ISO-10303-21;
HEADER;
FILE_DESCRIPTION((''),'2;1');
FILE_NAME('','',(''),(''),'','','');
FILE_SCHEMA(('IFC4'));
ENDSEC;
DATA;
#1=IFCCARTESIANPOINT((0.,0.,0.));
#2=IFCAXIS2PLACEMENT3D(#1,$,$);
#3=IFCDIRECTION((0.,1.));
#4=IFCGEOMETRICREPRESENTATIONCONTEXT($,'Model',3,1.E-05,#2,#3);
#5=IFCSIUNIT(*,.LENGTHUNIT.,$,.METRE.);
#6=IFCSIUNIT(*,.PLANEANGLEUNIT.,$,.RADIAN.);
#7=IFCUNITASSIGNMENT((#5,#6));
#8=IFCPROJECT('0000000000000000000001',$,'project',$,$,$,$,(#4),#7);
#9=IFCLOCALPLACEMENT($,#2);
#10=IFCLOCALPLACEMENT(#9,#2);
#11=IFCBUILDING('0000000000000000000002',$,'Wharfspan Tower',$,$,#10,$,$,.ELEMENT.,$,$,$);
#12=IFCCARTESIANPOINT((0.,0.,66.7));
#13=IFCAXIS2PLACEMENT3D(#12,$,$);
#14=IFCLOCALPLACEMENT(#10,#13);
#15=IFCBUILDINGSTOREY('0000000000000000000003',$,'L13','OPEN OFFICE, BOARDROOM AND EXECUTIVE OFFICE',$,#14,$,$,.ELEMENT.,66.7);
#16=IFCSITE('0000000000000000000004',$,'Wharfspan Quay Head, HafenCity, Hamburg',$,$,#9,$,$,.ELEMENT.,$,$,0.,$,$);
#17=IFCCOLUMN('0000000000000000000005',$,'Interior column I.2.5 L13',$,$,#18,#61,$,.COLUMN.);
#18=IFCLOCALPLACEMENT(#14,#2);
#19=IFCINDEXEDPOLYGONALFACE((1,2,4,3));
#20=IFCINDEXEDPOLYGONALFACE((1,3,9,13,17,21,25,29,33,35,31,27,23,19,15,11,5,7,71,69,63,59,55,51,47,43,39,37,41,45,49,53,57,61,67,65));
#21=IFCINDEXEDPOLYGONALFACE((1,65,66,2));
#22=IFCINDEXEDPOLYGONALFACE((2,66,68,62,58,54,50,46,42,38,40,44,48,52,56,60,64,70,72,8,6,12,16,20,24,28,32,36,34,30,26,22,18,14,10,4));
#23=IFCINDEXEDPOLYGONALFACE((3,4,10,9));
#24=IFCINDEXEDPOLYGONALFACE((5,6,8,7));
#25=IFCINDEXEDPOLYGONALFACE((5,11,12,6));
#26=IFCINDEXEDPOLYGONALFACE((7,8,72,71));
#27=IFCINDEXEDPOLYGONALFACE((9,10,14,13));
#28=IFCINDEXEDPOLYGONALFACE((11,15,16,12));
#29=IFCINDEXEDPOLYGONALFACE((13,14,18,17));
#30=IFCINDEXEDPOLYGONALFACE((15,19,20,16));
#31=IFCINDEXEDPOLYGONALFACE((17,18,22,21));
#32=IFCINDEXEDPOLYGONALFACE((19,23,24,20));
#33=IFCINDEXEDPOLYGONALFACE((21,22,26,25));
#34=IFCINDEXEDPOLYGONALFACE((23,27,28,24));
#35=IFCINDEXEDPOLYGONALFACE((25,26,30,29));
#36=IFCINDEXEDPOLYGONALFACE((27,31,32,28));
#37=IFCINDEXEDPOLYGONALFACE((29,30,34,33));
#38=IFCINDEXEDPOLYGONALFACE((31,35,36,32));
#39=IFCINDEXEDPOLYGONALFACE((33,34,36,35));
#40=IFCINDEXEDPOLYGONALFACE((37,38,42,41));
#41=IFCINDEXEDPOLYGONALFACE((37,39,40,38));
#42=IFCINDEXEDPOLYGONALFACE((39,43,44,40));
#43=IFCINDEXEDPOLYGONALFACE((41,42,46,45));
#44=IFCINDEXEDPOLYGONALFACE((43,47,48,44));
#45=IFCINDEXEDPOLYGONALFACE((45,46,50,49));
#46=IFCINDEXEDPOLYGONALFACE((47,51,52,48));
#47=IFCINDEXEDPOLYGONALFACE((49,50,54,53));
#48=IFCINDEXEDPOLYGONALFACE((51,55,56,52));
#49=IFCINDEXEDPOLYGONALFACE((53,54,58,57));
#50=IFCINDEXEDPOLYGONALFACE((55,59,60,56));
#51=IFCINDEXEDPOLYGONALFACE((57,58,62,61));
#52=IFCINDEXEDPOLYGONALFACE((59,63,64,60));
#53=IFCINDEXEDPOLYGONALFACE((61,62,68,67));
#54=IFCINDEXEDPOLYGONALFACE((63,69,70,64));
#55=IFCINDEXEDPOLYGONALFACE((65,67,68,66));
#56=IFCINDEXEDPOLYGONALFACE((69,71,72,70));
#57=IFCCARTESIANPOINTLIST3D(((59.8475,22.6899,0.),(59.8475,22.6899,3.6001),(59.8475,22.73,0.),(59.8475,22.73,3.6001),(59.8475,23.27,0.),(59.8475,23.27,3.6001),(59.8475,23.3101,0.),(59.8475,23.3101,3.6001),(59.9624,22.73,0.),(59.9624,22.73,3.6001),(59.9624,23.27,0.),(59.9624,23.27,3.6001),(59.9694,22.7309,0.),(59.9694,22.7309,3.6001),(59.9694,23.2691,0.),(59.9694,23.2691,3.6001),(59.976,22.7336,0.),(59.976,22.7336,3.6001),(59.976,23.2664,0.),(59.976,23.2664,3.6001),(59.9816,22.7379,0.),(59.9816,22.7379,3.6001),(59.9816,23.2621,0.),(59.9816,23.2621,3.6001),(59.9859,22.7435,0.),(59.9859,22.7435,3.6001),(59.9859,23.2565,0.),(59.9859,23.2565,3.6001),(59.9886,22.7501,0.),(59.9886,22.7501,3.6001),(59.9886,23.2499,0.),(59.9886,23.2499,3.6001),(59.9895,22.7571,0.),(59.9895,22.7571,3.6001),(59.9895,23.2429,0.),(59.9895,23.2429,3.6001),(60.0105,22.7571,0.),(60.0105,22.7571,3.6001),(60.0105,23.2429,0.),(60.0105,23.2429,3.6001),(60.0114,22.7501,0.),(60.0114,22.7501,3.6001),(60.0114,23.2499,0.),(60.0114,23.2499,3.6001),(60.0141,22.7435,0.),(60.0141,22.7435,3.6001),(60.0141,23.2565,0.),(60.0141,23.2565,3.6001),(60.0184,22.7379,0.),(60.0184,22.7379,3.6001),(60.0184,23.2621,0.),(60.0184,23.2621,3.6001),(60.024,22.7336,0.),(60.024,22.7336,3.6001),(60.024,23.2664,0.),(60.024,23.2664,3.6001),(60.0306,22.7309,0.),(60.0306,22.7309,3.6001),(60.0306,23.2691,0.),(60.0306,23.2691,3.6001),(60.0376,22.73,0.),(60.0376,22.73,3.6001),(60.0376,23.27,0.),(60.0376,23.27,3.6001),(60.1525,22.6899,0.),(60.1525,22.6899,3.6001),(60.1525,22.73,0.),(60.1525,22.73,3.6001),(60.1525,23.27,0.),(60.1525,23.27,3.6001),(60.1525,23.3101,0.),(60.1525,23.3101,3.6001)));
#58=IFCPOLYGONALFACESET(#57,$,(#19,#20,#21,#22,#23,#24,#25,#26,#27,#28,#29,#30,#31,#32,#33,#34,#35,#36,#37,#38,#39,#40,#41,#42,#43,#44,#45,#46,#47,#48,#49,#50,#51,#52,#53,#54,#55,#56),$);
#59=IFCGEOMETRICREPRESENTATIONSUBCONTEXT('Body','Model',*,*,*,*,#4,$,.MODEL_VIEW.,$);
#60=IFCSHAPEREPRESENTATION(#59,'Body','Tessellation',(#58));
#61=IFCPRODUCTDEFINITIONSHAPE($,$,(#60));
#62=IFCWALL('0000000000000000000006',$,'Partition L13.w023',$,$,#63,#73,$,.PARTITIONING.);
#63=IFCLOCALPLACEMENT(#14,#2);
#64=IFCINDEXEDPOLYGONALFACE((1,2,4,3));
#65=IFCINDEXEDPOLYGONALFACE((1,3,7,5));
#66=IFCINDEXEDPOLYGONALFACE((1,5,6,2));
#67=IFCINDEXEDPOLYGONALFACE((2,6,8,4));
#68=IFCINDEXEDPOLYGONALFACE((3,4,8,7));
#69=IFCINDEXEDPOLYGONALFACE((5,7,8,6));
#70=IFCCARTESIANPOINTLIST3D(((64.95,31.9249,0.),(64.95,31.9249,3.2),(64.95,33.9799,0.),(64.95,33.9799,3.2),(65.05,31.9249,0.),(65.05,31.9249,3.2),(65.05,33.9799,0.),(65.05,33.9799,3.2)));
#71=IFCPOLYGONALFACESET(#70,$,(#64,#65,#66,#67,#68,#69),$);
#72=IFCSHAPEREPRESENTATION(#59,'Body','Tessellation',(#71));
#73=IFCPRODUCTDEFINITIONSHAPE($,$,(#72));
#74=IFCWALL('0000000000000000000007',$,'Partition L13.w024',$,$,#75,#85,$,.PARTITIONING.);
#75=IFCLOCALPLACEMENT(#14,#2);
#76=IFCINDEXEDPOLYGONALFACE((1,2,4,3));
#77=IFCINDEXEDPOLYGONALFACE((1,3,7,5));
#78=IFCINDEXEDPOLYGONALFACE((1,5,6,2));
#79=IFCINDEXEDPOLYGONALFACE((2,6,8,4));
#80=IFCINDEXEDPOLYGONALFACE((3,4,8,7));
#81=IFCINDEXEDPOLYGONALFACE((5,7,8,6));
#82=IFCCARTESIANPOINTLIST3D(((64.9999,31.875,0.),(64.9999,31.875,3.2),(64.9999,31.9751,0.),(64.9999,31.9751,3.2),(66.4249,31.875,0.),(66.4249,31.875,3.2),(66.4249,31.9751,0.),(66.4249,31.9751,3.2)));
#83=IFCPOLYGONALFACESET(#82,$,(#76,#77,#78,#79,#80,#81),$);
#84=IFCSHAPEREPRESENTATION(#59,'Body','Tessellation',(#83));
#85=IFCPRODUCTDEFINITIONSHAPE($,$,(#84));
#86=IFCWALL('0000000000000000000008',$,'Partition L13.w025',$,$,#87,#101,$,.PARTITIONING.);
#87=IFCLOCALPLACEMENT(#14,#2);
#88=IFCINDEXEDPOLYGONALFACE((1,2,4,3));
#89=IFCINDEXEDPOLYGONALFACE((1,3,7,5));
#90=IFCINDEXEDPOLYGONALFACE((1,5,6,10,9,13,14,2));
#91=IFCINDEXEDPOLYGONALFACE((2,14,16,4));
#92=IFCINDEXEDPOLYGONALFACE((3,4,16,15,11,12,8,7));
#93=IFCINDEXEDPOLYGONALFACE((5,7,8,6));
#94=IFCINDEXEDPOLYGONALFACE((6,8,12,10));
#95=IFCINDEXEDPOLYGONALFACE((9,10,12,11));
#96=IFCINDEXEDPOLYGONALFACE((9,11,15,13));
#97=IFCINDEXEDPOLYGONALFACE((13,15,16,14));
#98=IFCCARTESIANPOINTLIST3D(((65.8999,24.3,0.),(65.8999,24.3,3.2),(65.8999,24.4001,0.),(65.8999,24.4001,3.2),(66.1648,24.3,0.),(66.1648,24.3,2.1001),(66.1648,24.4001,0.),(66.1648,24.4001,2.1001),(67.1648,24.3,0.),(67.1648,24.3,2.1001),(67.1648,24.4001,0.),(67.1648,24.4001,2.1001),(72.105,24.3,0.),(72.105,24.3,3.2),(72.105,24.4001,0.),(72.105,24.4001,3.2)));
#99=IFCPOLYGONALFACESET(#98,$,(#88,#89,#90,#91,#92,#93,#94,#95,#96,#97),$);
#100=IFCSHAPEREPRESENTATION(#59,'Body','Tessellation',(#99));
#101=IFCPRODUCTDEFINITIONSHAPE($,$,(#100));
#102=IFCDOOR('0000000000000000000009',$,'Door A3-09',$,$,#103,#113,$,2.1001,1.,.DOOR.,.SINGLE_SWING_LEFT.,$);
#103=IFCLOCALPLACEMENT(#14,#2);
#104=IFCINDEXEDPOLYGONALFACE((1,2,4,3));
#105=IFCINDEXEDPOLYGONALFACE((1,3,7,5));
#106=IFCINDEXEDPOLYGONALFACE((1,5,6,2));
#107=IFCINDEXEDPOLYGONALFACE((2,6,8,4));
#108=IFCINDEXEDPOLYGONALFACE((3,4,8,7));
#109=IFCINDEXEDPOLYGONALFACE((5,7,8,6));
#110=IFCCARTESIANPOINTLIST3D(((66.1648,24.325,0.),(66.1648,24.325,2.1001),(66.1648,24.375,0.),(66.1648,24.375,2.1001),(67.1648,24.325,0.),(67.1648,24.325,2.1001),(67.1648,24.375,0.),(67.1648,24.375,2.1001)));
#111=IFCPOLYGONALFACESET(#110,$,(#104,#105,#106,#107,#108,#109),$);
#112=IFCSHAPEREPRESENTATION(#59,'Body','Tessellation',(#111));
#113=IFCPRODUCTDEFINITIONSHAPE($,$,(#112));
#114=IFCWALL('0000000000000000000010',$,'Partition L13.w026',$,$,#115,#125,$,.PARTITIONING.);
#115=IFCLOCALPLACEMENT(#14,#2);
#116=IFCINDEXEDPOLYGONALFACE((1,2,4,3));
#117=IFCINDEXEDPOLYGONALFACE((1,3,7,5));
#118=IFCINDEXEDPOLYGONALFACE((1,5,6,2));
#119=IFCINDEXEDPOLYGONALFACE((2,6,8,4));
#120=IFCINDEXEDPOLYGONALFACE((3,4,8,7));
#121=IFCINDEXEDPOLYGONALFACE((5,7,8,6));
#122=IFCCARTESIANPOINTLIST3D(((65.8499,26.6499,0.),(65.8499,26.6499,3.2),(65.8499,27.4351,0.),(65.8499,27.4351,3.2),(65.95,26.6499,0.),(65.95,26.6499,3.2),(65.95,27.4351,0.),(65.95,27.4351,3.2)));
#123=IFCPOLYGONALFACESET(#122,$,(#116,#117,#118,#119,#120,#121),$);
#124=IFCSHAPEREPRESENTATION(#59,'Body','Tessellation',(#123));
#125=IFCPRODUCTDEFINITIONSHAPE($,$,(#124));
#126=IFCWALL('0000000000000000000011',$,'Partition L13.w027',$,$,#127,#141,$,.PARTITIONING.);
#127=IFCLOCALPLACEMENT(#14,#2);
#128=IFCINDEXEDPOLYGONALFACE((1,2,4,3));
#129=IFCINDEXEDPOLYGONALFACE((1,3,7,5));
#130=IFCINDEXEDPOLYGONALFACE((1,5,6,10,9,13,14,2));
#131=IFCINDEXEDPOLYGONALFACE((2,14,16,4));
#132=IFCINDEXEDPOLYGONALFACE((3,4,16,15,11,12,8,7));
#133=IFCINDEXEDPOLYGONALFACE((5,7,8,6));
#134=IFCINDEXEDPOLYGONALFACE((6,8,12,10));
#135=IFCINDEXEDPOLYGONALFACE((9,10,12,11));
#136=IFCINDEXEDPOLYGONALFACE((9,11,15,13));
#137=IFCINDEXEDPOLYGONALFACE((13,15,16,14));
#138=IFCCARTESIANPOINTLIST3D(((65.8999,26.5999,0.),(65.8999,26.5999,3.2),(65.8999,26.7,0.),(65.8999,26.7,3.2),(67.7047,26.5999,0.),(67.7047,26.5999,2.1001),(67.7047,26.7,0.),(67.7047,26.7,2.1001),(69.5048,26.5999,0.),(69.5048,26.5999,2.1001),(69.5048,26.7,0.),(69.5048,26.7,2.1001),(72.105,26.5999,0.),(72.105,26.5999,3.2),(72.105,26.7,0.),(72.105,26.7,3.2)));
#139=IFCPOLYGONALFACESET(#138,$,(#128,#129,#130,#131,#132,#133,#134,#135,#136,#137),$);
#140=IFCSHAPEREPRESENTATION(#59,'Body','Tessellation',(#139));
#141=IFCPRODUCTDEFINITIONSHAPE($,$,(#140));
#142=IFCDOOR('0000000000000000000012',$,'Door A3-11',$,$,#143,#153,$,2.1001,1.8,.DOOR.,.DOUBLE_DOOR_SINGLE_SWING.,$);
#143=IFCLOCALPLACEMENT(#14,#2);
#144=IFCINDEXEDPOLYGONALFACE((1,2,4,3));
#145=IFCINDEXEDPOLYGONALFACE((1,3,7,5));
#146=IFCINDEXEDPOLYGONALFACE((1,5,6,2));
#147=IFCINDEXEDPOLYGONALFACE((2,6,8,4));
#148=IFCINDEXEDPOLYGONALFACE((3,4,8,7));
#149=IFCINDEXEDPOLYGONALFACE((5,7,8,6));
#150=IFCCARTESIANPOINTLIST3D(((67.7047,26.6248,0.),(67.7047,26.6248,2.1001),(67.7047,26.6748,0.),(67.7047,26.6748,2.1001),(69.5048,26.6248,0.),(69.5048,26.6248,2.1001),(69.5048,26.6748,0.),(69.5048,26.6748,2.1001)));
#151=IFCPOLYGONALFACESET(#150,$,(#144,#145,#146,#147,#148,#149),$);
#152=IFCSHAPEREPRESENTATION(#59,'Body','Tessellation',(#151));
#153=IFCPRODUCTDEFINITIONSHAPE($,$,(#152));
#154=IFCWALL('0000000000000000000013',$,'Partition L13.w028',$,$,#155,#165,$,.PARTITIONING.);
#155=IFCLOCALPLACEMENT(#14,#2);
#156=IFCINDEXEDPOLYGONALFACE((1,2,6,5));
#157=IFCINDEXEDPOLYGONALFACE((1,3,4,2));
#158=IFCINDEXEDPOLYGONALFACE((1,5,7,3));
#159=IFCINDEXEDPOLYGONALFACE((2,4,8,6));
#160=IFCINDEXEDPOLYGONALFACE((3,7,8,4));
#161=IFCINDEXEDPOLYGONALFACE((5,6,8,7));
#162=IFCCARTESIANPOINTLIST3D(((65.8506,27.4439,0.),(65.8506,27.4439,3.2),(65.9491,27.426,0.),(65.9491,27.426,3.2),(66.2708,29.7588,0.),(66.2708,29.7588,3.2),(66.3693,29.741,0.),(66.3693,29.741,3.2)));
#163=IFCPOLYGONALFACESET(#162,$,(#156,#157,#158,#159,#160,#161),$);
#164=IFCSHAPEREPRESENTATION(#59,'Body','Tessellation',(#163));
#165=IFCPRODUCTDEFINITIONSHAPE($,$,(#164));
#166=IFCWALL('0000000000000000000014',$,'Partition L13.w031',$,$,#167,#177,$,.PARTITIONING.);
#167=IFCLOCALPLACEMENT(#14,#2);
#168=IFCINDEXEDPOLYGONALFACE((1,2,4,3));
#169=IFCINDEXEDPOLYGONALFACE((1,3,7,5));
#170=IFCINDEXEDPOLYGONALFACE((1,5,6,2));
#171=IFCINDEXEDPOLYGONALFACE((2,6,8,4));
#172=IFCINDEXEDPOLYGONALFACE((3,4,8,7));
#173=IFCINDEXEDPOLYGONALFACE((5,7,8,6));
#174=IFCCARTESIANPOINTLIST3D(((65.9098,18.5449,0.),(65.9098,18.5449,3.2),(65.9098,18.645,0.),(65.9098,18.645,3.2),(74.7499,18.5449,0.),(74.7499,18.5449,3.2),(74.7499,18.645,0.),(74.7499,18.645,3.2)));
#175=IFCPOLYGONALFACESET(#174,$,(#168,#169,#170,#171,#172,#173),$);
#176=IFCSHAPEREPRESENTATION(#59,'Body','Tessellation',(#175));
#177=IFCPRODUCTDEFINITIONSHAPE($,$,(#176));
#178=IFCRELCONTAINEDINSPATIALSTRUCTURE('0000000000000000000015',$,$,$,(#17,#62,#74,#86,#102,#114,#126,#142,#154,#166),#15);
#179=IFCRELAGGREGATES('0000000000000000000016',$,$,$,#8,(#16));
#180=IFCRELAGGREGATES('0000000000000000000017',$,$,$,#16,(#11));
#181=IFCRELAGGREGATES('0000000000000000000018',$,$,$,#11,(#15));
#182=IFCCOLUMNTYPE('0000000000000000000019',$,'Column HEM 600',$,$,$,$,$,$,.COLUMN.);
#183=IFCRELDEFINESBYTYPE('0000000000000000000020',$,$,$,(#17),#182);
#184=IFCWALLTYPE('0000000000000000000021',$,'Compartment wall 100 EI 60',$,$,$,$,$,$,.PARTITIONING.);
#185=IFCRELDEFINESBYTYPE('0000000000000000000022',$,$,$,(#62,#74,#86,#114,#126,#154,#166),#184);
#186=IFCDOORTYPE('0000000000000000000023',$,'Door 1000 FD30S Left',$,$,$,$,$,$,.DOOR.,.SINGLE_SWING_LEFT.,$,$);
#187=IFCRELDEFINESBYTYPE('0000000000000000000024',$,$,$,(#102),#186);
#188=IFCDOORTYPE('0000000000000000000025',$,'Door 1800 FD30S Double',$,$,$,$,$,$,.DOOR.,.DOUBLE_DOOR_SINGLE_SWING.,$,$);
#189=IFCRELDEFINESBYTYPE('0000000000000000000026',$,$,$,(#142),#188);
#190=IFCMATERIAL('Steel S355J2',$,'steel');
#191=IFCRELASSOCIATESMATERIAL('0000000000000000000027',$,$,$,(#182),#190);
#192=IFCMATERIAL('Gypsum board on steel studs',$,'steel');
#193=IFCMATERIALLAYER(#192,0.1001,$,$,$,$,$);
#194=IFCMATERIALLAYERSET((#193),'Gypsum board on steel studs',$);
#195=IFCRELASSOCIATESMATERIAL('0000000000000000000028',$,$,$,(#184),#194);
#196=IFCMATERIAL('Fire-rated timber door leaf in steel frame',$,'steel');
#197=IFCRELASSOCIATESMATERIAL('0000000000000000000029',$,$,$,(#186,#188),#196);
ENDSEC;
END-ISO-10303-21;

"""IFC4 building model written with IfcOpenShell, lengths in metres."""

from ifc_helpers import new_model, si_unit, direction, frame, frame_2d, origin, origin_2d, place, context, subcontext, project, spatial, rectangle, i_section, extrude, material, layer, layer_set, material_profile, profile_set, type_object, element, fill, save


model = new_model("IFC4")

# Units and contexts
model_context = context("Model", 3, precision=1e-05, world=origin(), true_north=direction((0.0, 1.0)))
body_context = subcontext(model_context, "Body", "Model", "MODEL_VIEW")
ifc_project = project(units=[si_unit("LENGTHUNIT", "METRE"), si_unit("PLANEANGLEUNIT", "RADIAN")], contexts=[model_context])

# Site, building, storey
site_placement = place(None, origin())
site = spatial("IfcSite", under=ifc_project, at=site_placement, Name="Wharfspan Quay Head, HafenCity, Hamburg", CompositionType="ELEMENT", RefElevation=0.0)
building_placement = place(site_placement, origin())
building = spatial("IfcBuilding", under=site, at=building_placement, Name="Wharfspan Tower", CompositionType="ELEMENT")
storey_placement = place(building_placement, frame((0.0, 0.0, 66.7)))
storey = spatial("IfcBuildingStorey", under=building, at=storey_placement, Name="L13", Description="OPEN OFFICE, BOARDROOM AND EXECUTIVE OFFICE", CompositionType="ELEMENT", Elevation=66.7)

# Column
ifc_material_1 = material(Name="Steel S355J2", Category="steel")
ifc_material_profile = material_profile(ifc_material_1, i_section(OverallWidth=0.3049, OverallDepth=0.6201, WebThickness=0.021, FlangeThickness=0.04, FilletRadius=0.0271, at=origin_2d()))
ifc_profile_set = profile_set([ifc_material_profile], Name="Steel S355J2")
column_type = type_object("IfcColumnType", Name="Column HEM 600", PredefinedType="COLUMN", material=ifc_profile_set)
column_placement = place(storey_placement, frame((60.0, 23.0, 0.0), z_axis=(0.0, 0.0, 1.0), x_axis=(1.0, 0.0, 0.0)))
element("IfcColumn", 1, at=column_placement, inside=storey, type_object=column_type, Name="Interior column I.2.5 L13", PredefinedType="COLUMN", context=body_context, shape_type="SweptSolid", body=[
    extrude(i_section(OverallWidth=0.3049, OverallDepth=0.6201, WebThickness=0.021, FlangeThickness=0.04, FilletRadius=0.0271, at=origin_2d()), origin(), (0.0, 0.0, 1.0), 3.6001),
])

# Walls
ifc_material_2 = material(Name="Gypsum board on steel studs", Category="steel")
ifc_layer_1 = layer(ifc_material_2, 0.1001)
ifc_layer_set_1 = layer_set([ifc_layer_1], Name="Gypsum board on steel studs")
wall_type_1 = type_object("IfcWallType", Name="Compartment wall 100 EI 60", PredefinedType="PARTITIONING", material=ifc_layer_set_1)
wall_1_placement = place(storey_placement, frame((65.0, 31.925, 0.0), z_axis=(0.0, 0.0, 1.0), x_axis=(0.0, 1.0, 0.0)))
element("IfcWall", 2, at=wall_1_placement, inside=storey, type_object=wall_type_1, Name="Partition L13.w023", PredefinedType="PARTITIONING", context=body_context, shape_type="SweptSolid", body=[
    extrude(rectangle(XDim=2.0549, YDim=0.1001, at=frame_2d((1.0273, 0.0))), origin(), (0.0, 0.0, 1.0), 3.2),
])
wall_2_placement = place(storey_placement, frame((65.0, 31.925, 0.0), z_axis=(0.0, 0.0, 1.0), x_axis=(1.0, 0.0, 0.0)))
element("IfcWall", 3, at=wall_2_placement, inside=storey, type_object=wall_type_1, Name="Partition L13.w024", PredefinedType="PARTITIONING", context=body_context, shape_type="SweptSolid", body=[
    extrude(rectangle(XDim=1.425, YDim=0.1001, at=frame_2d((0.7124, 0.0))), origin(), (0.0, 0.0, 1.0), 3.2),
])

# Wall, opening, door
wall_3_placement = place(storey_placement, frame((65.8999, 24.3501, 0.0), z_axis=(0.0, 0.0, 1.0), x_axis=(1.0, 0.0, 0.0)))
wall_3 = element("IfcWall", 4, at=wall_3_placement, inside=storey, type_object=wall_type_1, Name="Partition L13.w025", PredefinedType="PARTITIONING", context=body_context, shape_type="SweptSolid", body=[
    extrude(rectangle(XDim=6.2051, YDim=0.1001, at=frame_2d((3.1025, 0.0))), origin(), (0.0, 0.0, 1.0), 3.2),
])
opening_1_placement = place(wall_3_placement, frame((0.2649, 0.0, 0.0)))
opening_1 = element("IfcOpeningElement", 5, at=opening_1_placement, cuts=wall_3, PredefinedType="OPENING", context=body_context, shape_type="SweptSolid", body=[
    extrude(rectangle(XDim=1.0, YDim=2.1001, at=frame_2d((0.5, 1.05))), frame((0.0, 0.0601, 0.0), z_axis=(0.0, -1.0, 0.0), x_axis=(1.0, 0.0, 0.0)), (0.0, 0.0, 1.0), 0.1201),
])
ifc_material_3 = material(Name="Fire-rated timber door leaf in steel frame", Category="steel")
door_type_1 = type_object("IfcDoorType", Name="Door 1000 FD30S Left", OperationType="SINGLE_SWING_LEFT", PredefinedType="DOOR", material=ifc_material_3)
door_1_placement = place(opening_1_placement, origin())
door_1 = element("IfcDoor", 6, at=door_1_placement, inside=storey, type_object=door_type_1, Name="Door A3-09", OperationType="SINGLE_SWING_LEFT", OverallHeight=2.1001, OverallWidth=1.0, PredefinedType="DOOR", context=body_context, shape_type="SweptSolid", body=[
    extrude(rectangle(XDim=1.0, YDim=2.1001, at=frame_2d((0.5, 1.05))), frame((0.0, 0.0249, 0.0), z_axis=(0.0, -1.0, 0.0), x_axis=(1.0, 0.0, 0.0)), (0.0, 0.0, 1.0), 0.05),
])
fill(opening_1, door_1)

# Wall
wall_4_placement = place(storey_placement, frame((65.8999, 26.6499, 0.0), z_axis=(0.0, 0.0, 1.0), x_axis=(0.0, 1.0, 0.0)))
element("IfcWall", 7, at=wall_4_placement, inside=storey, type_object=wall_type_1, Name="Partition L13.w026", PredefinedType="PARTITIONING", context=body_context, shape_type="SweptSolid", body=[
    extrude(rectangle(XDim=0.7852, YDim=0.1001, at=frame_2d((0.3926, 0.0))), origin(), (0.0, 0.0, 1.0), 3.2),
])

# Wall, opening, door
wall_5_placement = place(storey_placement, frame((65.8999, 26.6499, 0.0), z_axis=(0.0, 0.0, 1.0), x_axis=(1.0, 0.0, 0.0)))
wall_5 = element("IfcWall", 8, at=wall_5_placement, inside=storey, type_object=wall_type_1, Name="Partition L13.w027", PredefinedType="PARTITIONING", context=body_context, shape_type="SweptSolid", body=[
    extrude(rectangle(XDim=6.2051, YDim=0.1001, at=frame_2d((3.1025, 0.0))), origin(), (0.0, 0.0, 1.0), 3.2),
])
opening_2_placement = place(wall_5_placement, frame((1.8049, 0.0, 0.0)))
opening_2 = element("IfcOpeningElement", 9, at=opening_2_placement, cuts=wall_5, PredefinedType="OPENING", context=body_context, shape_type="SweptSolid", body=[
    extrude(rectangle(XDim=1.8, YDim=2.1001, at=frame_2d((0.8999, 1.05))), frame((0.0, 0.0601, 0.0), z_axis=(0.0, -1.0, 0.0), x_axis=(1.0, 0.0, 0.0)), (0.0, 0.0, 1.0), 0.1201),
])
door_type_2 = type_object("IfcDoorType", Name="Door 1800 FD30S Double", OperationType="DOUBLE_DOOR_SINGLE_SWING", PredefinedType="DOOR", material=ifc_material_3)
door_2_placement = place(opening_2_placement, origin())
door_2 = element("IfcDoor", 10, at=door_2_placement, inside=storey, type_object=door_type_2, Name="Door A3-11", OperationType="DOUBLE_DOOR_SINGLE_SWING", OverallHeight=2.1001, OverallWidth=1.8, PredefinedType="DOOR", context=body_context, shape_type="SweptSolid", body=[
    extrude(rectangle(XDim=1.8, YDim=2.1001, at=frame_2d((0.8999, 1.05))), frame((0.0, 0.0249, 0.0), z_axis=(0.0, -1.0, 0.0), x_axis=(1.0, 0.0, 0.0)), (0.0, 0.0, 1.0), 0.05),
])
fill(opening_2, door_2)

# Walls
wall_6_placement = place(storey_placement, frame((65.8999, 27.4351, 0.0), z_axis=(0.0, 0.0, 1.0), x_axis=(0.178584, 0.983924, 0.0)))
element("IfcWall", 11, at=wall_6_placement, inside=storey, type_object=wall_type_1, Name="Partition L13.w028", PredefinedType="PARTITIONING", context=body_context, shape_type="SweptSolid", body=[
    extrude(rectangle(XDim=2.3528, YDim=0.1001, at=frame_2d((1.1763, 0.0))), origin(), (0.0, 0.0, 1.0), 3.2),
])
wall_7_placement = place(storey_placement, frame((65.9099, 18.595, 0.0), z_axis=(0.0, 0.0, 1.0), x_axis=(1.0, 0.0, 0.0)))
element("IfcWall", 12, at=wall_7_placement, inside=storey, type_object=wall_type_1, Name="Partition L13.w031", PredefinedType="PARTITIONING", context=body_context, shape_type="SweptSolid", body=[
    extrude(rectangle(XDim=8.8401, YDim=0.1001, at=frame_2d((4.4199, 0.0))), origin(), (0.0, 0.0, 1.0), 3.2),
])

save(model, "model.ifc")
